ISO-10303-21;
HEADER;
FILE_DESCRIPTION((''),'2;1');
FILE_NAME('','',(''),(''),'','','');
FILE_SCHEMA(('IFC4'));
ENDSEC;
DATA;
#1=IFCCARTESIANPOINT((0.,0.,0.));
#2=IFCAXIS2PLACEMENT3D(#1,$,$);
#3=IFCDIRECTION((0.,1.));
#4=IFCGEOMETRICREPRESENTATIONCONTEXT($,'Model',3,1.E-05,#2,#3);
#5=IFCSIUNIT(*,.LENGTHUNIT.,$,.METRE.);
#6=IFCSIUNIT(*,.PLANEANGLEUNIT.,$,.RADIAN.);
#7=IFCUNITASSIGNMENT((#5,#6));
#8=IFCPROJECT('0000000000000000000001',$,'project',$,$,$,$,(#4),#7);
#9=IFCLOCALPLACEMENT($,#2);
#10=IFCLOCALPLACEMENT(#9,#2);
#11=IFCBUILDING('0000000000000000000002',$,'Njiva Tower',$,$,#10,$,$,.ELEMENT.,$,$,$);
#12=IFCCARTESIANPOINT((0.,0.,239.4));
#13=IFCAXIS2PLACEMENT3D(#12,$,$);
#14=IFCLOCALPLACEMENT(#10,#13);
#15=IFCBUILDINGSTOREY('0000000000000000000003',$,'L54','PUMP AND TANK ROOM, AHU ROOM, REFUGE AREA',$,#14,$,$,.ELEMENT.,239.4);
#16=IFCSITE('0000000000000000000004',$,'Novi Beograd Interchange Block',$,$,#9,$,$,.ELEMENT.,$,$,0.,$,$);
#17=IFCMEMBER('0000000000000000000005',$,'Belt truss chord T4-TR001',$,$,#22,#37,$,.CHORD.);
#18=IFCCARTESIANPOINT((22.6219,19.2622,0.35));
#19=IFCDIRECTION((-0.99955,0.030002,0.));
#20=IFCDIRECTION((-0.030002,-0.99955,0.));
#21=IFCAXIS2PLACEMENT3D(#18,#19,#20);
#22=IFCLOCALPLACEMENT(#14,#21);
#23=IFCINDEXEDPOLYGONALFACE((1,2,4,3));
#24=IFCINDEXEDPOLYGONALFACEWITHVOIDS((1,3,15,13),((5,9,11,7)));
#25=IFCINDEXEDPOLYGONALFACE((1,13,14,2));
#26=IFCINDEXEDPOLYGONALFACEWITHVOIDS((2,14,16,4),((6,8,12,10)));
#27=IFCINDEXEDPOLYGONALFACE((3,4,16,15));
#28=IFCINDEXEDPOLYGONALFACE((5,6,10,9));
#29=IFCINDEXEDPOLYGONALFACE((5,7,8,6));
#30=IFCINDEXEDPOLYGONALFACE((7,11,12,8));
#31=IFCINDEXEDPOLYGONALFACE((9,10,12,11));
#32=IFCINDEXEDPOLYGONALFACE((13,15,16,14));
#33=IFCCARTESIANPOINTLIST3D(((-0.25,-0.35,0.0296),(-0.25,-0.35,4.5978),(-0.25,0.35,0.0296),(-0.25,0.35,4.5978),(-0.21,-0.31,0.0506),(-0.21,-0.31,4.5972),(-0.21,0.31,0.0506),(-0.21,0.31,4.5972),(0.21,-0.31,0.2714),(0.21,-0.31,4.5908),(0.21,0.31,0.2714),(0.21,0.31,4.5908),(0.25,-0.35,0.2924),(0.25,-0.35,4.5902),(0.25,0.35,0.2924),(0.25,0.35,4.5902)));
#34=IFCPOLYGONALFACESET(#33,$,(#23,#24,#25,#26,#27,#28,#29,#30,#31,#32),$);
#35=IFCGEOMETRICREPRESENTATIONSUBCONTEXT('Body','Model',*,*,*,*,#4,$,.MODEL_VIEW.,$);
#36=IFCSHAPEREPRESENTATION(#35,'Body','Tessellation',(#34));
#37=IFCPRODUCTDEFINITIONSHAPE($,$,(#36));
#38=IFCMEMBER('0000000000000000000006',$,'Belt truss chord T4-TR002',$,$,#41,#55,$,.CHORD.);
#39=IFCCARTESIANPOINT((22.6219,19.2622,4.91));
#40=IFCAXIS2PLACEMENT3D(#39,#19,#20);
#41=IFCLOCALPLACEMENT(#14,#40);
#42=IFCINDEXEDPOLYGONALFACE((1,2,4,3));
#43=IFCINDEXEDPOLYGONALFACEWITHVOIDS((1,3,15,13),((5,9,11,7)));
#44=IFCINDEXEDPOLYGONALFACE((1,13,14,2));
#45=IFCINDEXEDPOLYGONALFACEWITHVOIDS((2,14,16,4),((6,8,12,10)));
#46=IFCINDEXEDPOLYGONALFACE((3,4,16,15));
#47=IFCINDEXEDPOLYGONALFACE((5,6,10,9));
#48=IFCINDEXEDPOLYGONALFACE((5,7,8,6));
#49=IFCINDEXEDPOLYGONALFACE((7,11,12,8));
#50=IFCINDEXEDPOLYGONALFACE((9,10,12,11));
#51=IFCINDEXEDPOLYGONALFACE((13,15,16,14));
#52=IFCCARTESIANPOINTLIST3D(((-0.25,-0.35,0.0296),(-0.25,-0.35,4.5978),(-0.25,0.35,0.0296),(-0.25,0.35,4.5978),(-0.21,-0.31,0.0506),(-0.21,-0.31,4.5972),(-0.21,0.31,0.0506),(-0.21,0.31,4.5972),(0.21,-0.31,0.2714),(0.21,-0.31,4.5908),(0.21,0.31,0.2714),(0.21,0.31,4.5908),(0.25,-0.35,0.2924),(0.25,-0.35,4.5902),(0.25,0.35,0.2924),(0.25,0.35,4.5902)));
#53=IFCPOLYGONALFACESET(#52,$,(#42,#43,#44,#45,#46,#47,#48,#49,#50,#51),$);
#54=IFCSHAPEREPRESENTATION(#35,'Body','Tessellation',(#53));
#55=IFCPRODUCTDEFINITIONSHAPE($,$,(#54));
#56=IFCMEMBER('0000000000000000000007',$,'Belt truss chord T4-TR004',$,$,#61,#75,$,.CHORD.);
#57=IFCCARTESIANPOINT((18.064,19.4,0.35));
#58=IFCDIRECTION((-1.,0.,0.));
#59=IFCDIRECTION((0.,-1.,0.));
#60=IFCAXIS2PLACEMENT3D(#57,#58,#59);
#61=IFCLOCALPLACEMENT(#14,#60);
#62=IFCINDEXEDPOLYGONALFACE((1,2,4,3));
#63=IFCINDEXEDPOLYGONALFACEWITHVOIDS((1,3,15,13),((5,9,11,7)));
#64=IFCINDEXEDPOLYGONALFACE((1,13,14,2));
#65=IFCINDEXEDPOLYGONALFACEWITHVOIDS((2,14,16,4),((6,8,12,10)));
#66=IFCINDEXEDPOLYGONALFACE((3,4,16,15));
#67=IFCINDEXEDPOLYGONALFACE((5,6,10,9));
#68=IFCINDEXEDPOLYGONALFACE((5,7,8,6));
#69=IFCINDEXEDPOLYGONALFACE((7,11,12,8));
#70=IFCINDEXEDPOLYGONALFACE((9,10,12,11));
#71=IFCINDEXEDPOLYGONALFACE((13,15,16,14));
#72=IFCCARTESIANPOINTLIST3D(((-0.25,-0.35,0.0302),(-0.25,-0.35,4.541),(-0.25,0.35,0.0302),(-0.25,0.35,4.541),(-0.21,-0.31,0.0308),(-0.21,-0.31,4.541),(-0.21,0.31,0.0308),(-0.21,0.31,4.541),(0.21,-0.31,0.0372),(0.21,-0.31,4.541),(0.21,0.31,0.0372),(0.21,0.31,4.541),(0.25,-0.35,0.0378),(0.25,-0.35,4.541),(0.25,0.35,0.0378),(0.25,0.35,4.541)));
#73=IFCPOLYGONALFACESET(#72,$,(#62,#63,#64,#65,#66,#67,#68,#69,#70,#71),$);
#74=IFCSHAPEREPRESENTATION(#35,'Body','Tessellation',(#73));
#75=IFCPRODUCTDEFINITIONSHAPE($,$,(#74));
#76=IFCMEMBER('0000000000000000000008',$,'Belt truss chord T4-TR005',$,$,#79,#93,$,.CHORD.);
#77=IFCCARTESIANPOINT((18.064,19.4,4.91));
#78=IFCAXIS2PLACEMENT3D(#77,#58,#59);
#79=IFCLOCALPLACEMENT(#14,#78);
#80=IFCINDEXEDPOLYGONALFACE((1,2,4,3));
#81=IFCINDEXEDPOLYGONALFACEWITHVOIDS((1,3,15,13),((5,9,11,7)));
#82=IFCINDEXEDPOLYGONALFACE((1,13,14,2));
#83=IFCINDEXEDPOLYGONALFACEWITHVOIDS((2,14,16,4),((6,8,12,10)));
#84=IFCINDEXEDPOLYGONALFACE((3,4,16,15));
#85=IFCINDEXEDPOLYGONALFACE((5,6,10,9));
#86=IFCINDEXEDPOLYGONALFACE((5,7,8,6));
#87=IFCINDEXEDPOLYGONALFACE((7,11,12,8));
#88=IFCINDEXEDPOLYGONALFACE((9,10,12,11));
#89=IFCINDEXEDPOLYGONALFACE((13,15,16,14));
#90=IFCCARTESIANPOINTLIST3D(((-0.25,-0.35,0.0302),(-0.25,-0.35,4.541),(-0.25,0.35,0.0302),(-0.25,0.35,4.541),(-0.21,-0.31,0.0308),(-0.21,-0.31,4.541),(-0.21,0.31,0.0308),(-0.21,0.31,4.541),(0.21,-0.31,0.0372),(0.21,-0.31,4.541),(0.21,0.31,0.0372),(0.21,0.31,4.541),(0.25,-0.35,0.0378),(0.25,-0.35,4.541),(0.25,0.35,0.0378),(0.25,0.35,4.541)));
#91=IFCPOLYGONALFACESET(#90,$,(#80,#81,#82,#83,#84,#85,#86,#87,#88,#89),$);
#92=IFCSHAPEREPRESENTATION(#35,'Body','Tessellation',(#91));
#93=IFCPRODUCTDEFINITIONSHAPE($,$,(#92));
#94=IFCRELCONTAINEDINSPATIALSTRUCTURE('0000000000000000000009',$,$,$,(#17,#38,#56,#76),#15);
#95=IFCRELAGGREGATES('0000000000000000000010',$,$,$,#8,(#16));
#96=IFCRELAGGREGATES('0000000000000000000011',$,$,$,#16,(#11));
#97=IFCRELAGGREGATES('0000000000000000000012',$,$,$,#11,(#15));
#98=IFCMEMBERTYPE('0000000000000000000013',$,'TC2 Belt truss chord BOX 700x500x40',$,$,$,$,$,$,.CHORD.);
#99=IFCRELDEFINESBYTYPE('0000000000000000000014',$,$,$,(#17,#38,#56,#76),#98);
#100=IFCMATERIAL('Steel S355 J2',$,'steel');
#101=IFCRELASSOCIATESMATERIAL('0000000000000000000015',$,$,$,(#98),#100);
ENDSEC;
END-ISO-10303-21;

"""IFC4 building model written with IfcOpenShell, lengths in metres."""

from ifc_helpers import new_model, si_unit, direction, frame, origin, origin_2d, place, context, subcontext, project, spatial, hollow_rectangle, extrude, clip, halfspace, material, material_profile, profile_set, type_object, element, save


model = new_model("IFC4")

# Units and contexts
model_context = context("Model", 3, precision=1e-05, world=origin(), true_north=direction((0.0, 1.0)))
body_context = subcontext(model_context, "Body", "Model", "MODEL_VIEW")
ifc_project = project(units=[si_unit("LENGTHUNIT", "METRE"), si_unit("PLANEANGLEUNIT", "RADIAN")], contexts=[model_context])

# Site, building, storey
site_placement = place(None, origin())
site = spatial("IfcSite", under=ifc_project, at=site_placement, Name="Novi Beograd Interchange Block", CompositionType="ELEMENT", RefElevation=0.0)
building_placement = place(site_placement, origin())
building = spatial("IfcBuilding", under=site, at=building_placement, Name="Njiva Tower", CompositionType="ELEMENT")
storey_placement = place(building_placement, frame((0.0, 0.0, 239.4)))
storey = spatial("IfcBuildingStorey", under=building, at=storey_placement, Name="L54", Description="PUMP AND TANK ROOM, AHU ROOM, REFUGE AREA", CompositionType="ELEMENT", Elevation=239.4)

# Shared definitions
ifc_material_1 = material(Name="Steel S355 J2", Category="steel")

# Members
ifc_material_profile_1 = material_profile(ifc_material_1, hollow_rectangle(XDim=0.5, YDim=0.7, WallThickness=0.04, at=origin_2d()), Name="BOX 700x500x40")
ifc_profile_set_1 = profile_set([ifc_material_profile_1], Name="Steel S355 J2")
member_type_1 = type_object("IfcMemberType", Name="TC2 Belt truss chord BOX 700x500x40", PredefinedType="CHORD", material=ifc_profile_set_1)
member_1_placement = place(storey_placement, frame((22.6219, 19.2622, 0.35), z_axis=(-0.99955, 0.030002, 0.0), x_axis=(-0.030002, -0.99955, 0.0)))
element("IfcMember", 1, at=member_1_placement, inside=storey, type_object=member_type_1, Name="Belt truss chord T4-TR001", PredefinedType="CHORD", context=body_context, shape_type="Clipping", body=[
    clip(clip(extrude(hollow_rectangle(XDim=0.5, YDim=0.7, WallThickness=0.04, at=origin_2d()), origin(), (0.0, 0.0, 1.0), 4.628), halfspace(frame((0.0, -239.75, 0.161), z_axis=(0.465233, 0.0, -0.885188), x_axis=(0.0, -1.0, 0.0)), False)), halfspace(frame((0.0, -239.75, 4.594), z_axis=(0.015006, 0.0, 0.999887), x_axis=(0.0, 1.0, 0.0)), False)),
])
member_2_placement = place(storey_placement, frame((22.6219, 19.2622, 4.91), z_axis=(-0.99955, 0.030002, 0.0), x_axis=(-0.030002, -0.99955, 0.0)))
element("IfcMember", 2, at=member_2_placement, inside=storey, type_object=member_type_1, Name="Belt truss chord T4-TR002", PredefinedType="CHORD", context=body_context, shape_type="Clipping", body=[
    clip(clip(extrude(hollow_rectangle(XDim=0.5, YDim=0.7, WallThickness=0.04, at=origin_2d()), origin(), (0.0, 0.0, 1.0), 4.628), halfspace(frame((0.0, -244.31, 0.161), z_axis=(0.465233, 0.0, -0.885188), x_axis=(0.0, -1.0, 0.0)), False)), halfspace(frame((0.0, -244.31, 4.594), z_axis=(0.015006, 0.0, 0.999887), x_axis=(0.0, 1.0, 0.0)), False)),
])
member_3_placement = place(storey_placement, frame((18.064, 19.4, 0.35), z_axis=(-1.0, 0.0, 0.0), x_axis=(0.0, -1.0, 0.0)))
element("IfcMember", 3, at=member_3_placement, inside=storey, type_object=member_type_1, Name="Belt truss chord T4-TR004", PredefinedType="CHORD", context=body_context, shape_type="Clipping", body=[
    clip(extrude(hollow_rectangle(XDim=0.5, YDim=0.7, WallThickness=0.04, at=origin_2d()), origin(), (0.0, 0.0, 1.0), 4.541), halfspace(frame((0.0, -239.75, 0.034), z_axis=(0.015, 0.0, -0.999887), x_axis=(0.0, -1.0, 0.0)), False)),
])
member_4_placement = place(storey_placement, frame((18.064, 19.4, 4.91), z_axis=(-1.0, 0.0, 0.0), x_axis=(0.0, -1.0, 0.0)))
element("IfcMember", 4, at=member_4_placement, inside=storey, type_object=member_type_1, Name="Belt truss chord T4-TR005", PredefinedType="CHORD", context=body_context, shape_type="Clipping", body=[
    clip(extrude(hollow_rectangle(XDim=0.5, YDim=0.7, WallThickness=0.04, at=origin_2d()), origin(), (0.0, 0.0, 1.0), 4.541), halfspace(frame((0.0, -244.31, 0.034), z_axis=(0.015, 0.0, -0.999887), x_axis=(0.0, -1.0, 0.0)), False)),
])

save(model, "model.ifc")
